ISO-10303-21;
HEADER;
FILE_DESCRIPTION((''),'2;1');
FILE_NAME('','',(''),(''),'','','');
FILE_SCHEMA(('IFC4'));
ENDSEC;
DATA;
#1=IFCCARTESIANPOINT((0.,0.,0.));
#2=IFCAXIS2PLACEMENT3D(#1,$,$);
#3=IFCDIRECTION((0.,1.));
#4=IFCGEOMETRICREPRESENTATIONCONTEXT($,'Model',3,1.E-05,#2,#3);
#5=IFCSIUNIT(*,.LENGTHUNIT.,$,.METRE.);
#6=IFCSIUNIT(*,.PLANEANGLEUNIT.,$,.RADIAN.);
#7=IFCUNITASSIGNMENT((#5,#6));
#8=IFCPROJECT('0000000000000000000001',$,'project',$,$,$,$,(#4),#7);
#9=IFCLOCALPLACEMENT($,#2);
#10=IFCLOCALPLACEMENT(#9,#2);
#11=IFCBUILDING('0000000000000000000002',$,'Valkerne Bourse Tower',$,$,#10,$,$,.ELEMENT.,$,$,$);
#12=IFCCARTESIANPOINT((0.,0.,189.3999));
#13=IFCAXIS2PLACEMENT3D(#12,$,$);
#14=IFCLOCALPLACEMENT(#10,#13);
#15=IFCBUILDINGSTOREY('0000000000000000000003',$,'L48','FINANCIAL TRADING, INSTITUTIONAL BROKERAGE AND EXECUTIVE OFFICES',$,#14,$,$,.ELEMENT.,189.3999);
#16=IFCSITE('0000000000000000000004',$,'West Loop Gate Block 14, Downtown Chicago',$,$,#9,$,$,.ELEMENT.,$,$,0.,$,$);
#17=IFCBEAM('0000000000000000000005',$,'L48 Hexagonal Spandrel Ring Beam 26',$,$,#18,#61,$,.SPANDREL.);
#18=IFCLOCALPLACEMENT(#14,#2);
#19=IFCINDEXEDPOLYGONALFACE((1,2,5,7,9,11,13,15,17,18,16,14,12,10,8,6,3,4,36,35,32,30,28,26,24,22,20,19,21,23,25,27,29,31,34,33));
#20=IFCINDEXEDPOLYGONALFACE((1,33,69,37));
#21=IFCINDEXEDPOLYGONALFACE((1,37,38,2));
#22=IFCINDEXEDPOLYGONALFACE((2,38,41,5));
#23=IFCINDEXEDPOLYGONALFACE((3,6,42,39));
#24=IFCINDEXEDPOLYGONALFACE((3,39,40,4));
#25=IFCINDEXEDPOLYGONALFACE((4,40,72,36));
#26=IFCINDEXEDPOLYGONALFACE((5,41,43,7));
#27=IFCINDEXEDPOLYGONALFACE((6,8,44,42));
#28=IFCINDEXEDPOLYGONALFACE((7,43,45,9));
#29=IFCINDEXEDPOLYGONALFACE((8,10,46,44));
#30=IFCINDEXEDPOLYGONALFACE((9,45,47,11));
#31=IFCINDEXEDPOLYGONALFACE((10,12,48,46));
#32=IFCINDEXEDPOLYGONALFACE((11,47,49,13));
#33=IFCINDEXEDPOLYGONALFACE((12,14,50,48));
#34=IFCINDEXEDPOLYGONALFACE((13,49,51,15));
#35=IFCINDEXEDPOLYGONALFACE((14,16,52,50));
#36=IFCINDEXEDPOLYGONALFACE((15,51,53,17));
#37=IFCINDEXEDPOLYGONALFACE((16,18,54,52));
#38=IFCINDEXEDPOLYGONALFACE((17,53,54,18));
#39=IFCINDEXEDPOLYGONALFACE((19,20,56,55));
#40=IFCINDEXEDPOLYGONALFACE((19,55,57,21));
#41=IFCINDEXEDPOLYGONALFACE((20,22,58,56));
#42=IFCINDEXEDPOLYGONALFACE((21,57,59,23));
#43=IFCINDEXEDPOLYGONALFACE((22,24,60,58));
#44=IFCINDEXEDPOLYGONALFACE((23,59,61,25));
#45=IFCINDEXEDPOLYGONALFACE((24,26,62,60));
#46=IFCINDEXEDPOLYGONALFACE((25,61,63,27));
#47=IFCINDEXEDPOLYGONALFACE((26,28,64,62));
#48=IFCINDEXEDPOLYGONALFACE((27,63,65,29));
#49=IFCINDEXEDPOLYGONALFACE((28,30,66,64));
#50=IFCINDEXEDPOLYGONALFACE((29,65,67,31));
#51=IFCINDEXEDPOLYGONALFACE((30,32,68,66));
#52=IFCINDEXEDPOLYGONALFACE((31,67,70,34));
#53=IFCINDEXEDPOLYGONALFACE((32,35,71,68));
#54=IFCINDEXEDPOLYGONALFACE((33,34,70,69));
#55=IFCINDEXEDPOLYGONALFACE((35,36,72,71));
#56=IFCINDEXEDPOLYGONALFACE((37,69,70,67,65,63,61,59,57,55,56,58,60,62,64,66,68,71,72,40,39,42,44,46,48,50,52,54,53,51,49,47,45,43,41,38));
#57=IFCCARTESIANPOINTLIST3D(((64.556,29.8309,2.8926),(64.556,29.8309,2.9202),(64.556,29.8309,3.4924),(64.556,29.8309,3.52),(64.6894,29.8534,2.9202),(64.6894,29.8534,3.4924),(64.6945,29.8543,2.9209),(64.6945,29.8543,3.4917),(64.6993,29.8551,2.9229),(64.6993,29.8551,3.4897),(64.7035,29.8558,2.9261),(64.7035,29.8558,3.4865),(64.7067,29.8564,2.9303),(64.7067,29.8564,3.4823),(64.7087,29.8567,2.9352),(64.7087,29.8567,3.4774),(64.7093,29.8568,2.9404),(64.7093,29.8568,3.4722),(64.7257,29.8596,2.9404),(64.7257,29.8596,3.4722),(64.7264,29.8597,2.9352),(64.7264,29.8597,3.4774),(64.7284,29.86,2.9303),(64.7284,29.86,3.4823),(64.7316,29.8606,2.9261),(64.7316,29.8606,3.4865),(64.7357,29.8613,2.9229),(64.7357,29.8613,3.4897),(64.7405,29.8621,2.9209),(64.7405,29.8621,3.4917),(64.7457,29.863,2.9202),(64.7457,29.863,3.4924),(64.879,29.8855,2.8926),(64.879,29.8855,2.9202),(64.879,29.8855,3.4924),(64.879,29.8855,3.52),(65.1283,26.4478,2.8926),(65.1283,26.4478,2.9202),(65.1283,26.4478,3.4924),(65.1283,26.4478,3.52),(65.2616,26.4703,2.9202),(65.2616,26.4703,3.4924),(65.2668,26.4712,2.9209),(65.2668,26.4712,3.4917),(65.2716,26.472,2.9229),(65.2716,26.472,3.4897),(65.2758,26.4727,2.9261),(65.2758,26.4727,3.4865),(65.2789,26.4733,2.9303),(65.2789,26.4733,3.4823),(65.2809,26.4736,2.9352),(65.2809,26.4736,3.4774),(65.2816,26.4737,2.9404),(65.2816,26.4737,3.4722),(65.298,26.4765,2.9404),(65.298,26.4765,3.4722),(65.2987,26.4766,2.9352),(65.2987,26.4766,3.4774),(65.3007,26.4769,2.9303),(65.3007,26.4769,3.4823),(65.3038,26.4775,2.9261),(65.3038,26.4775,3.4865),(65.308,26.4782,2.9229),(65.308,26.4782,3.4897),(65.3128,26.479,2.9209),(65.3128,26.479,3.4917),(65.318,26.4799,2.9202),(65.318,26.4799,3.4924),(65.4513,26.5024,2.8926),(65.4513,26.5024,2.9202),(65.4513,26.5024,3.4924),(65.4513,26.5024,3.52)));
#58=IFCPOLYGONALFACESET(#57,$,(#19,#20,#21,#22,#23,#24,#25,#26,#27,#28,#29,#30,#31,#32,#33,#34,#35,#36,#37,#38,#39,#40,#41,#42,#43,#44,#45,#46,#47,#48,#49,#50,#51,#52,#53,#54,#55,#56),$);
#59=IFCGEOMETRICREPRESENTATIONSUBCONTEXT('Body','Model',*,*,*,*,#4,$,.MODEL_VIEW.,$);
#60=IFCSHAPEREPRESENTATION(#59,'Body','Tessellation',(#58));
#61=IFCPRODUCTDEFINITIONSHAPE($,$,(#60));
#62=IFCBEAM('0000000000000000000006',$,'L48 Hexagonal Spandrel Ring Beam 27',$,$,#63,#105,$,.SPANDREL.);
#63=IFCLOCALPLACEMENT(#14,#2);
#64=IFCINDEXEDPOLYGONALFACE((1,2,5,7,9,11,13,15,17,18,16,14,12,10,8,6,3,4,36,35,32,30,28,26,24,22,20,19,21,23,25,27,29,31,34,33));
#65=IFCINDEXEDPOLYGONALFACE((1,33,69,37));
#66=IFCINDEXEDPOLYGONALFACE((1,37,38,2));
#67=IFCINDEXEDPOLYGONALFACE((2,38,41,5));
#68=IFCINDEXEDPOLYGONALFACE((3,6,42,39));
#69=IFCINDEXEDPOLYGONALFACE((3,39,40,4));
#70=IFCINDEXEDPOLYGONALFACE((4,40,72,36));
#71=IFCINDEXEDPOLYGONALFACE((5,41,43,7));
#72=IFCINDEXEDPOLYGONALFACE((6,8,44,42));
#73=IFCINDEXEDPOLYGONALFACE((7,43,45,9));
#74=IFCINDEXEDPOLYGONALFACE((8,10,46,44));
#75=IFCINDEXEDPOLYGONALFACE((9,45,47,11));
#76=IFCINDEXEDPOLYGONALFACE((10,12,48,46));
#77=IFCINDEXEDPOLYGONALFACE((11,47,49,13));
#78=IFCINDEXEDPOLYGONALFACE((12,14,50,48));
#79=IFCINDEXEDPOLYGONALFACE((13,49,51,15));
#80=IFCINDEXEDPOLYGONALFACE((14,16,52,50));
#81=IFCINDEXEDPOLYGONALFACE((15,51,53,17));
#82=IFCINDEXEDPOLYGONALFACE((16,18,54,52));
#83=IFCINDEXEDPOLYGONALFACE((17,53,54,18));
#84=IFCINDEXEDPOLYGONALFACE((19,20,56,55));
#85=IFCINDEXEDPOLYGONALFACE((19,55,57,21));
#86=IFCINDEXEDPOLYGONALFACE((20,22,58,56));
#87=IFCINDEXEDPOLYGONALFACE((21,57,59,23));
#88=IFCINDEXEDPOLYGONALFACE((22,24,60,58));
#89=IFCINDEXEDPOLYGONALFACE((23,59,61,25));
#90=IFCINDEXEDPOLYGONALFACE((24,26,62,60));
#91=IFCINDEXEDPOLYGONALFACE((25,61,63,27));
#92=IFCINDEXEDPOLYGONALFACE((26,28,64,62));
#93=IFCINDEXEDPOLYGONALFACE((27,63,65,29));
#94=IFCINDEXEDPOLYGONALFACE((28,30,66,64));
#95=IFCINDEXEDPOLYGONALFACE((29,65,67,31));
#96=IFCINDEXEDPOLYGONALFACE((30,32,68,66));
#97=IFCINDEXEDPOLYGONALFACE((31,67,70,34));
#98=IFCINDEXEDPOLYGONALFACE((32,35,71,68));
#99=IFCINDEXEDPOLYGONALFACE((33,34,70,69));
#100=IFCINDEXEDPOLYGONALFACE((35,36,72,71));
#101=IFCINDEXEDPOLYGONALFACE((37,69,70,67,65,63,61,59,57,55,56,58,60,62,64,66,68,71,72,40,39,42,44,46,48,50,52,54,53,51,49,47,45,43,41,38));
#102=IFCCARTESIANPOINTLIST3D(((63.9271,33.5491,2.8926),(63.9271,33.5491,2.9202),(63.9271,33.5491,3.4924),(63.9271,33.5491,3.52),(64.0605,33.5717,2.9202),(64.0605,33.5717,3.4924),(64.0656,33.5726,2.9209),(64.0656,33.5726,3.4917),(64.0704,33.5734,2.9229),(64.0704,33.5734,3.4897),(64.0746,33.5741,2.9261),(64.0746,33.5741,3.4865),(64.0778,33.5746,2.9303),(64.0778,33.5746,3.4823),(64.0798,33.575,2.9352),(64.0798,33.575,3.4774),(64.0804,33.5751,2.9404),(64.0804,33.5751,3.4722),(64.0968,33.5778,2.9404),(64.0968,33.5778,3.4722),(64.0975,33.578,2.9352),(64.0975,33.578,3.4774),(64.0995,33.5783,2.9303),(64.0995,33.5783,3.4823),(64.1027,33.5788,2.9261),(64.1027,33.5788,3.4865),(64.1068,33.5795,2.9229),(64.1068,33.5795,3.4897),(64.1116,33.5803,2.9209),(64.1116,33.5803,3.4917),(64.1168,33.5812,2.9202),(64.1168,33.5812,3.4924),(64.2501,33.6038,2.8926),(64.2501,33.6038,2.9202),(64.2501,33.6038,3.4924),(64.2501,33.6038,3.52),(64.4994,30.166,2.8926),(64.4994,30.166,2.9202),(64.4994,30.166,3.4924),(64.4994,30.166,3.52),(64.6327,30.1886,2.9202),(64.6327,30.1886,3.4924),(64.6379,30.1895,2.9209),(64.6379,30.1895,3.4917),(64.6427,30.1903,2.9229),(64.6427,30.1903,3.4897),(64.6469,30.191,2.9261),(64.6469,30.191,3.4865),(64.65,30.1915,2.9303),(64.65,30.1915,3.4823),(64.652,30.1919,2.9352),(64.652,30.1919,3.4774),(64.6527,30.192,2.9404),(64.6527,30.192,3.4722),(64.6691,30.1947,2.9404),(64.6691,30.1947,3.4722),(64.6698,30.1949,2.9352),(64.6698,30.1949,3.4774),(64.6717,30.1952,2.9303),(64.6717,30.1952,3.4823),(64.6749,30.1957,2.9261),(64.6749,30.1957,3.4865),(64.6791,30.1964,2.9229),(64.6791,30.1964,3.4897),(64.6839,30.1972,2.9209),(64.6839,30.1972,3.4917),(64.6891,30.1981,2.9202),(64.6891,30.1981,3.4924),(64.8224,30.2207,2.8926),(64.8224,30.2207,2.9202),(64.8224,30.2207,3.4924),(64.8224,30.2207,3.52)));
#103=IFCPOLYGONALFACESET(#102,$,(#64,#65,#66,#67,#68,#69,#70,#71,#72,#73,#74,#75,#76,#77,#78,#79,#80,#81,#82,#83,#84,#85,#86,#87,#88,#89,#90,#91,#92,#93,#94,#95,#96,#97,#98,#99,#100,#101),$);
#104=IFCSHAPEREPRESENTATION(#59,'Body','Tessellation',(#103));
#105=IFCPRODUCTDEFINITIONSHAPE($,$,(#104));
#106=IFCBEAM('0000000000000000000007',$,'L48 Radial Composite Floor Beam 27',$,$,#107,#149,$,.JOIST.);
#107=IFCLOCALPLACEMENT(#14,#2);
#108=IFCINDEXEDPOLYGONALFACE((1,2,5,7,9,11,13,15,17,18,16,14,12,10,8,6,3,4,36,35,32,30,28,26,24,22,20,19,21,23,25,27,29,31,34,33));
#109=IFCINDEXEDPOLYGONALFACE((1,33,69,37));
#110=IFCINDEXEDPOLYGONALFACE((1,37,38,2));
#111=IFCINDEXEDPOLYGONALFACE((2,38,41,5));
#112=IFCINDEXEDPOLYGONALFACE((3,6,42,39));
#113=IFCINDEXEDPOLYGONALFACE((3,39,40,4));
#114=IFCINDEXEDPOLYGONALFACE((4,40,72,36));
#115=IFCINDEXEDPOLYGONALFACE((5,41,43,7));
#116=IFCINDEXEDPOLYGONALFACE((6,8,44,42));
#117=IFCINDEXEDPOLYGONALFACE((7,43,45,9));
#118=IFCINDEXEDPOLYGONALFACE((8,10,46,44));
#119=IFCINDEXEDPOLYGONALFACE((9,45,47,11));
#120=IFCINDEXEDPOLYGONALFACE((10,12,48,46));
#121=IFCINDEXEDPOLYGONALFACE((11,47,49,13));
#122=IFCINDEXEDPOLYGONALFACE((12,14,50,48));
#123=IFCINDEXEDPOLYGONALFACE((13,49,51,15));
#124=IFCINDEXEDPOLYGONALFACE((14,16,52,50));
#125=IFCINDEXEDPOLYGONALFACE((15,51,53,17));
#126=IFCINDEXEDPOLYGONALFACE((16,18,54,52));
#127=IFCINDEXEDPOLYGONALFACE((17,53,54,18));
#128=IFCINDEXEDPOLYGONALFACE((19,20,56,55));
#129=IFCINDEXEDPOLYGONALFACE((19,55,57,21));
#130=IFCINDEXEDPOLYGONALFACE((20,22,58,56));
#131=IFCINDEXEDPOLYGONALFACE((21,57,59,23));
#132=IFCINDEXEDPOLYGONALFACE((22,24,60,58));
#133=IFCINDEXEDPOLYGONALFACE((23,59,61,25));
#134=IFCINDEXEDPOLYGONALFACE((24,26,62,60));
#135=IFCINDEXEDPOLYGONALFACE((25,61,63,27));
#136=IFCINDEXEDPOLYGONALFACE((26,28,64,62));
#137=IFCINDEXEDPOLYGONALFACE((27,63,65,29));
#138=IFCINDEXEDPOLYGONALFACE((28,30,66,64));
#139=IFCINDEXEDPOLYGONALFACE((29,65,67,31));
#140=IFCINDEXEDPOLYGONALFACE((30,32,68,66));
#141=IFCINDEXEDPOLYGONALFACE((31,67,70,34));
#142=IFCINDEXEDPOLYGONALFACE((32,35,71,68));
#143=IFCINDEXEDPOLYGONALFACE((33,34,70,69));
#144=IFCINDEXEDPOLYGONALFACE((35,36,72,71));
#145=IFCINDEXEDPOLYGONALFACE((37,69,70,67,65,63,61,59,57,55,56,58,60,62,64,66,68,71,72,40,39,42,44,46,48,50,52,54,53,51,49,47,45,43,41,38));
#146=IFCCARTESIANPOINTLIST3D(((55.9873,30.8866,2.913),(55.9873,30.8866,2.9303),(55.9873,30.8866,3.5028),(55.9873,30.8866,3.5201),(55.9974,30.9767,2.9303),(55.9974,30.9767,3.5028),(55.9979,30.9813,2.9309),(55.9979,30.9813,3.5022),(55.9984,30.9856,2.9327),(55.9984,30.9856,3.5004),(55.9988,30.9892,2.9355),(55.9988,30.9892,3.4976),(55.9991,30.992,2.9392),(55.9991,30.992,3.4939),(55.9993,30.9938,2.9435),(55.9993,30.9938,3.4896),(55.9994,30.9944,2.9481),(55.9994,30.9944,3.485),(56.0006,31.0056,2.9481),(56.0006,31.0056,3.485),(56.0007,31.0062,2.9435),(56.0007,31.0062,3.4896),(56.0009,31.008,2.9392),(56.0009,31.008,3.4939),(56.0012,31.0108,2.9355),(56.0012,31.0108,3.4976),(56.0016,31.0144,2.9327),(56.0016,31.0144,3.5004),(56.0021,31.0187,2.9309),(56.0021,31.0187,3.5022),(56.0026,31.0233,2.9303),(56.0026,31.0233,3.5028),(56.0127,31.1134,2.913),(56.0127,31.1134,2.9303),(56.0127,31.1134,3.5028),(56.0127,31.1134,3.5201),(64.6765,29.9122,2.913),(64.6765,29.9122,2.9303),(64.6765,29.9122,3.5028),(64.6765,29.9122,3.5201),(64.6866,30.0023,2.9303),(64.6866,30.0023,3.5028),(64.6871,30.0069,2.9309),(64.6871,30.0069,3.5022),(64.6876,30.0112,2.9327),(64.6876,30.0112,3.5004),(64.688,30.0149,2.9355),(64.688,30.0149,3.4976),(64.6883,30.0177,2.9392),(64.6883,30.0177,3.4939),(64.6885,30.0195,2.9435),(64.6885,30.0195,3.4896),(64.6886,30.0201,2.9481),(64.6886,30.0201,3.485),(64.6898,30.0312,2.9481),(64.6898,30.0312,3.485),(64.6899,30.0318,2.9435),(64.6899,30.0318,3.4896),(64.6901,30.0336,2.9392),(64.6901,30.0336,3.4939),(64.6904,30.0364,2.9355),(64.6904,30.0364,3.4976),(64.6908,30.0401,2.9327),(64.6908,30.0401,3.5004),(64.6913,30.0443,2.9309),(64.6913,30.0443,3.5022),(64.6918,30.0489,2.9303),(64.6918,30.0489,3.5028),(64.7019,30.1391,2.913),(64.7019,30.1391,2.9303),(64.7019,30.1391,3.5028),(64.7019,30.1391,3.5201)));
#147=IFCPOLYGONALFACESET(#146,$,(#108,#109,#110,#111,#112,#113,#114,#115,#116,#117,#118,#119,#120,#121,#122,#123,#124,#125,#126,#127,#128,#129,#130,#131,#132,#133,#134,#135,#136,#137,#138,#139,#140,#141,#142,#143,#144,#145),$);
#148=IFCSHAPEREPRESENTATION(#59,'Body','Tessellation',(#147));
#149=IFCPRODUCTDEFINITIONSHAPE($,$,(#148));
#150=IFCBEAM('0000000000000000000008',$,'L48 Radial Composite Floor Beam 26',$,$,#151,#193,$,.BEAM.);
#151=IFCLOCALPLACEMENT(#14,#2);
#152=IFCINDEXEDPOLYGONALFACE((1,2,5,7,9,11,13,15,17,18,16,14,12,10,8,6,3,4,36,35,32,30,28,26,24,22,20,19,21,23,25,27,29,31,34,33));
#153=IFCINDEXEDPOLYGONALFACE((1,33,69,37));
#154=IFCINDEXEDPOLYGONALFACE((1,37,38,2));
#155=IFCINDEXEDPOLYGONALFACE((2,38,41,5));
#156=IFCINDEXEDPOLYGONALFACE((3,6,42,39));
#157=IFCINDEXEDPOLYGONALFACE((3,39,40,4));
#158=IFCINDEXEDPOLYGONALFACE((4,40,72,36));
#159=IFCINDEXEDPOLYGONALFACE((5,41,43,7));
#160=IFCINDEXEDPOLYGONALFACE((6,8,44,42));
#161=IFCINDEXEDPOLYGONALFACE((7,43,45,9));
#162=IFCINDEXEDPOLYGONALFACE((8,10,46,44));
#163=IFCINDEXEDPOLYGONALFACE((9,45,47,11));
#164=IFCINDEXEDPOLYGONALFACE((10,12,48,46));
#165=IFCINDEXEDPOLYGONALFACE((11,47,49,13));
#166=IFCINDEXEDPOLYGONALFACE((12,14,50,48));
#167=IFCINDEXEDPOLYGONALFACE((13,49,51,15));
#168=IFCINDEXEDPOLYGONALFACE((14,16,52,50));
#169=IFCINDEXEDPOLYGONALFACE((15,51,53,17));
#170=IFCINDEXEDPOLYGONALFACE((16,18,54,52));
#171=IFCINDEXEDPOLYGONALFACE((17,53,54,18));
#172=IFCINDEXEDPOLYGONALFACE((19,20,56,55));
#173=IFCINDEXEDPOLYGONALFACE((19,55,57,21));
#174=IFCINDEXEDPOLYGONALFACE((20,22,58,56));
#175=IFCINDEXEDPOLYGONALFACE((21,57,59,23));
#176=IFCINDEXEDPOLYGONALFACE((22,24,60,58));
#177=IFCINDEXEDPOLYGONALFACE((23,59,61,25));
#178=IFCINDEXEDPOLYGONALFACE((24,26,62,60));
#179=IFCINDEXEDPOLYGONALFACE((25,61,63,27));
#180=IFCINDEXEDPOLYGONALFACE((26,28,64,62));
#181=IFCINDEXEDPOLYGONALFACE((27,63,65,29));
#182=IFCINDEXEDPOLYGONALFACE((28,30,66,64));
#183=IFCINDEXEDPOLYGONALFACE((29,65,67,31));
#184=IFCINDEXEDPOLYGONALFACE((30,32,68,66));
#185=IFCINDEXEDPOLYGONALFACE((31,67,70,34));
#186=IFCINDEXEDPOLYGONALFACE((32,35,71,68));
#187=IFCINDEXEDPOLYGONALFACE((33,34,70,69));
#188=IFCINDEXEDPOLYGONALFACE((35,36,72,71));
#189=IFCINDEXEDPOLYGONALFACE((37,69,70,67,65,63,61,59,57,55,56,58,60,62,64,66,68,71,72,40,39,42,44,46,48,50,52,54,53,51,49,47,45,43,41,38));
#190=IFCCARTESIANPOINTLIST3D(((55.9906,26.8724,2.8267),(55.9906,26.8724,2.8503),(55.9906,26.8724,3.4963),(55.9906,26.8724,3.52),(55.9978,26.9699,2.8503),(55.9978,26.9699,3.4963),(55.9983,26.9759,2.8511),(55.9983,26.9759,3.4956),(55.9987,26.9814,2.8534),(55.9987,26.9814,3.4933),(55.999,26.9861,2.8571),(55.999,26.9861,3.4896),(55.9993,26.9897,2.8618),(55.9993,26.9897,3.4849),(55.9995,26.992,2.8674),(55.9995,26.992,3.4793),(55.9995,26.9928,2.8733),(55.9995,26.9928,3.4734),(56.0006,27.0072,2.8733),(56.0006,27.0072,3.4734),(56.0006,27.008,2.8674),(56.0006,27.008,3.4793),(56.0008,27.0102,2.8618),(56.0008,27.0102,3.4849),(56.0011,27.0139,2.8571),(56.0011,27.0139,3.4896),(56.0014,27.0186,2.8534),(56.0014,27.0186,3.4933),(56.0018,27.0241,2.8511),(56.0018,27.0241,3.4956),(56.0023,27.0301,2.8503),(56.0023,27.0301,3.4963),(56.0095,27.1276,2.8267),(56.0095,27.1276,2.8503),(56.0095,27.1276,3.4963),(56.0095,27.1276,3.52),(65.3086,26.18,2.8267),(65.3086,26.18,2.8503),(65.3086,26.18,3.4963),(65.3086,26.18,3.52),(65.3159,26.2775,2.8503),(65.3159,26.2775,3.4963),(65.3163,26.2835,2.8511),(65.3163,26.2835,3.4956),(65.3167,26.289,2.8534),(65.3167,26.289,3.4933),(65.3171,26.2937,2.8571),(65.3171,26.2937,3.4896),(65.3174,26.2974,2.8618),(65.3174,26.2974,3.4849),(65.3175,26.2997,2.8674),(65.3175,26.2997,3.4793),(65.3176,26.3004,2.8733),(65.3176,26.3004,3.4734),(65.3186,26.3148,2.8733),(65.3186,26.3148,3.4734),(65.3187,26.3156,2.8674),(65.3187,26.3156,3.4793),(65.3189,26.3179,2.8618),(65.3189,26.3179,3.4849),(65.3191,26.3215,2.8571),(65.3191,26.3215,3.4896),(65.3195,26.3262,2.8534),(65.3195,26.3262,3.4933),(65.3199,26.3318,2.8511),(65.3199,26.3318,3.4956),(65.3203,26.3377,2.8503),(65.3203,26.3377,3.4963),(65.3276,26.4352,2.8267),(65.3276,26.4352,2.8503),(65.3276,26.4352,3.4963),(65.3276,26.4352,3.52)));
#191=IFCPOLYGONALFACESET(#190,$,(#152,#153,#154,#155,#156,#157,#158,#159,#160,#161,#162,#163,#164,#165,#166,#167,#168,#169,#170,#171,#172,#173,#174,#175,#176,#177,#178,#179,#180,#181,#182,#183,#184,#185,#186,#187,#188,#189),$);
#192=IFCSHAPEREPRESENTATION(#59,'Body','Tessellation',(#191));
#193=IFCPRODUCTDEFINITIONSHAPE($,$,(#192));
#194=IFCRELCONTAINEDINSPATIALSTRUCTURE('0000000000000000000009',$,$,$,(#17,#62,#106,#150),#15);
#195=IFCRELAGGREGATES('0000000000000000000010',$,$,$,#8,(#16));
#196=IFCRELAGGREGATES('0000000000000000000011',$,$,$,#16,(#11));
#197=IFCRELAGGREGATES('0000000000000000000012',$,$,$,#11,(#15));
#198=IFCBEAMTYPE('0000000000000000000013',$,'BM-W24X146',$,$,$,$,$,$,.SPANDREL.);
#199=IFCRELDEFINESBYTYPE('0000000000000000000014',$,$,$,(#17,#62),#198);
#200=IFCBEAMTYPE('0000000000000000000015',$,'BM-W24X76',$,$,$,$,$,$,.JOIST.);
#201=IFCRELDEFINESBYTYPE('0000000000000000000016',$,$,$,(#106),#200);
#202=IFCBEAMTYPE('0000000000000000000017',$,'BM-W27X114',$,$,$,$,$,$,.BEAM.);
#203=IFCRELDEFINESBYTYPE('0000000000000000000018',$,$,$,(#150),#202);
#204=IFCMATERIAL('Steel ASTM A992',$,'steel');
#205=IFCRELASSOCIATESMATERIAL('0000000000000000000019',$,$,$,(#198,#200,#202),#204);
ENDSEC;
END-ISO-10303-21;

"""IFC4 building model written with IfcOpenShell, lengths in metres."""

from ifc_helpers import new_model, si_unit, direction, frame, origin, origin_2d, place, context, subcontext, project, spatial, i_section, extrude, material, material_profile, profile_set, type_object, element, save


model = new_model("IFC4")

# Units and contexts
model_context = context("Model", 3, precision=1e-05, world=origin(), true_north=direction((0.0, 1.0)))
body_context = subcontext(model_context, "Body", "Model", "MODEL_VIEW")
ifc_project = project(units=[si_unit("LENGTHUNIT", "METRE"), si_unit("PLANEANGLEUNIT", "RADIAN")], contexts=[model_context])

# Site, building, storey
site_placement = place(None, origin())
site = spatial("IfcSite", under=ifc_project, at=site_placement, Name="West Loop Gate Block 14, Downtown Chicago", CompositionType="ELEMENT", RefElevation=0.0)
building_placement = place(site_placement, origin())
building = spatial("IfcBuilding", under=site, at=building_placement, Name="Valkerne Bourse Tower", CompositionType="ELEMENT")
storey_placement = place(building_placement, frame((0.0, 0.0, 189.3999)))
storey = spatial("IfcBuildingStorey", under=building, at=storey_placement, Name="L48", Description="FINANCIAL TRADING, INSTITUTIONAL BROKERAGE AND EXECUTIVE OFFICES", CompositionType="ELEMENT", Elevation=189.3999)

# Beams
ifc_material_1 = material(Name="Steel ASTM A992", Category="steel")
ifc_material_profile_1 = material_profile(ifc_material_1, i_section(OverallWidth=0.3276, OverallDepth=0.6274, WebThickness=0.0166, FlangeThickness=0.0276, FilletRadius=0.0203, at=origin_2d()), Name="W24X146")
ifc_profile_set_1 = profile_set([ifc_material_profile_1], Name="Steel ASTM A992")
beam_type_1 = type_object("IfcBeamType", Name="BM-W24X146", PredefinedType="SPANDREL", material=ifc_profile_set_1)
for number, where, z_axis, x_axis, name in (
    (1, (65.2898, 26.4751, 3.2063), (-0.166787, 0.985993, 0.0), (-0.985993, -0.166787, 0.0), "L48 Hexagonal Spandrel Ring Beam 26"),
    (2, (64.6609, 30.1934, 3.2063), (-0.166787, 0.985993, 0.0), (-0.985993, -0.166787, 0.0), "L48 Hexagonal Spandrel Ring Beam 27"),
):
    element("IfcBeam", number, at=place(storey_placement, frame(where, z_axis=z_axis, x_axis=x_axis)), inside=storey, type_object=beam_type_1, Name=name, PredefinedType="SPANDREL", context=body_context, shape_type="SweptSolid", body=[
        extrude(i_section(OverallWidth=0.3276, OverallDepth=0.6274, WebThickness=0.0166, FlangeThickness=0.0276, FilletRadius=0.0203, at=origin_2d()), origin(), (0.0, 0.0, 1.0), 3.4312),
    ])
ifc_material_profile_2 = material_profile(ifc_material_1, i_section(OverallWidth=0.2283, OverallDepth=0.6072, WebThickness=0.0112, FlangeThickness=0.0173, FilletRadius=0.0178, at=origin_2d()), Name="W24X76")
ifc_profile_set_2 = profile_set([ifc_material_profile_2], Name="Steel ASTM A992")
beam_type_2 = type_object("IfcBeamType", Name="BM-W24X76", PredefinedType="JOIST", material=ifc_profile_set_2)
beam_1_placement = place(storey_placement, frame((64.6892, 30.0256, 3.2166), z_axis=(-0.993772, 0.111437, 0.0), x_axis=(-0.111437, -0.993772, 0.0)))
element("IfcBeam", 3, at=beam_1_placement, inside=storey, type_object=beam_type_2, Name="L48 Radial Composite Floor Beam 27", PredefinedType="JOIST", context=body_context, shape_type="SweptSolid", body=[
    extrude(i_section(OverallWidth=0.2283, OverallDepth=0.6072, WebThickness=0.0112, FlangeThickness=0.0173, FilletRadius=0.0178, at=origin_2d()), origin(), (0.0, 0.0, 1.0), 8.7437),
])
ifc_material_profile_3 = material_profile(ifc_material_1, i_section(OverallWidth=0.2559, OverallDepth=0.6934, WebThickness=0.0144, FlangeThickness=0.0237, FilletRadius=0.0229, at=origin_2d()), Name="W27X114")
ifc_profile_set_3 = profile_set([ifc_material_profile_3], Name="Steel ASTM A992")
beam_type_3 = type_object("IfcBeamType", Name="BM-W27X114", PredefinedType="BEAM", material=ifc_profile_set_3)
beam_2_placement = place(storey_placement, frame((65.3181, 26.3076, 3.1733), z_axis=(-0.997251, 0.074101, 0.0), x_axis=(-0.074101, -0.997251, 0.0)))
element("IfcBeam", 4, at=beam_2_placement, inside=storey, type_object=beam_type_3, Name="L48 Radial Composite Floor Beam 26", PredefinedType="BEAM", context=body_context, shape_type="SweptSolid", body=[
    extrude(i_section(OverallWidth=0.2559, OverallDepth=0.6934, WebThickness=0.0144, FlangeThickness=0.0237, FilletRadius=0.0229, at=origin_2d()), origin(), (0.0, 0.0, 1.0), 9.3438),
])

save(model, "model.ifc")
